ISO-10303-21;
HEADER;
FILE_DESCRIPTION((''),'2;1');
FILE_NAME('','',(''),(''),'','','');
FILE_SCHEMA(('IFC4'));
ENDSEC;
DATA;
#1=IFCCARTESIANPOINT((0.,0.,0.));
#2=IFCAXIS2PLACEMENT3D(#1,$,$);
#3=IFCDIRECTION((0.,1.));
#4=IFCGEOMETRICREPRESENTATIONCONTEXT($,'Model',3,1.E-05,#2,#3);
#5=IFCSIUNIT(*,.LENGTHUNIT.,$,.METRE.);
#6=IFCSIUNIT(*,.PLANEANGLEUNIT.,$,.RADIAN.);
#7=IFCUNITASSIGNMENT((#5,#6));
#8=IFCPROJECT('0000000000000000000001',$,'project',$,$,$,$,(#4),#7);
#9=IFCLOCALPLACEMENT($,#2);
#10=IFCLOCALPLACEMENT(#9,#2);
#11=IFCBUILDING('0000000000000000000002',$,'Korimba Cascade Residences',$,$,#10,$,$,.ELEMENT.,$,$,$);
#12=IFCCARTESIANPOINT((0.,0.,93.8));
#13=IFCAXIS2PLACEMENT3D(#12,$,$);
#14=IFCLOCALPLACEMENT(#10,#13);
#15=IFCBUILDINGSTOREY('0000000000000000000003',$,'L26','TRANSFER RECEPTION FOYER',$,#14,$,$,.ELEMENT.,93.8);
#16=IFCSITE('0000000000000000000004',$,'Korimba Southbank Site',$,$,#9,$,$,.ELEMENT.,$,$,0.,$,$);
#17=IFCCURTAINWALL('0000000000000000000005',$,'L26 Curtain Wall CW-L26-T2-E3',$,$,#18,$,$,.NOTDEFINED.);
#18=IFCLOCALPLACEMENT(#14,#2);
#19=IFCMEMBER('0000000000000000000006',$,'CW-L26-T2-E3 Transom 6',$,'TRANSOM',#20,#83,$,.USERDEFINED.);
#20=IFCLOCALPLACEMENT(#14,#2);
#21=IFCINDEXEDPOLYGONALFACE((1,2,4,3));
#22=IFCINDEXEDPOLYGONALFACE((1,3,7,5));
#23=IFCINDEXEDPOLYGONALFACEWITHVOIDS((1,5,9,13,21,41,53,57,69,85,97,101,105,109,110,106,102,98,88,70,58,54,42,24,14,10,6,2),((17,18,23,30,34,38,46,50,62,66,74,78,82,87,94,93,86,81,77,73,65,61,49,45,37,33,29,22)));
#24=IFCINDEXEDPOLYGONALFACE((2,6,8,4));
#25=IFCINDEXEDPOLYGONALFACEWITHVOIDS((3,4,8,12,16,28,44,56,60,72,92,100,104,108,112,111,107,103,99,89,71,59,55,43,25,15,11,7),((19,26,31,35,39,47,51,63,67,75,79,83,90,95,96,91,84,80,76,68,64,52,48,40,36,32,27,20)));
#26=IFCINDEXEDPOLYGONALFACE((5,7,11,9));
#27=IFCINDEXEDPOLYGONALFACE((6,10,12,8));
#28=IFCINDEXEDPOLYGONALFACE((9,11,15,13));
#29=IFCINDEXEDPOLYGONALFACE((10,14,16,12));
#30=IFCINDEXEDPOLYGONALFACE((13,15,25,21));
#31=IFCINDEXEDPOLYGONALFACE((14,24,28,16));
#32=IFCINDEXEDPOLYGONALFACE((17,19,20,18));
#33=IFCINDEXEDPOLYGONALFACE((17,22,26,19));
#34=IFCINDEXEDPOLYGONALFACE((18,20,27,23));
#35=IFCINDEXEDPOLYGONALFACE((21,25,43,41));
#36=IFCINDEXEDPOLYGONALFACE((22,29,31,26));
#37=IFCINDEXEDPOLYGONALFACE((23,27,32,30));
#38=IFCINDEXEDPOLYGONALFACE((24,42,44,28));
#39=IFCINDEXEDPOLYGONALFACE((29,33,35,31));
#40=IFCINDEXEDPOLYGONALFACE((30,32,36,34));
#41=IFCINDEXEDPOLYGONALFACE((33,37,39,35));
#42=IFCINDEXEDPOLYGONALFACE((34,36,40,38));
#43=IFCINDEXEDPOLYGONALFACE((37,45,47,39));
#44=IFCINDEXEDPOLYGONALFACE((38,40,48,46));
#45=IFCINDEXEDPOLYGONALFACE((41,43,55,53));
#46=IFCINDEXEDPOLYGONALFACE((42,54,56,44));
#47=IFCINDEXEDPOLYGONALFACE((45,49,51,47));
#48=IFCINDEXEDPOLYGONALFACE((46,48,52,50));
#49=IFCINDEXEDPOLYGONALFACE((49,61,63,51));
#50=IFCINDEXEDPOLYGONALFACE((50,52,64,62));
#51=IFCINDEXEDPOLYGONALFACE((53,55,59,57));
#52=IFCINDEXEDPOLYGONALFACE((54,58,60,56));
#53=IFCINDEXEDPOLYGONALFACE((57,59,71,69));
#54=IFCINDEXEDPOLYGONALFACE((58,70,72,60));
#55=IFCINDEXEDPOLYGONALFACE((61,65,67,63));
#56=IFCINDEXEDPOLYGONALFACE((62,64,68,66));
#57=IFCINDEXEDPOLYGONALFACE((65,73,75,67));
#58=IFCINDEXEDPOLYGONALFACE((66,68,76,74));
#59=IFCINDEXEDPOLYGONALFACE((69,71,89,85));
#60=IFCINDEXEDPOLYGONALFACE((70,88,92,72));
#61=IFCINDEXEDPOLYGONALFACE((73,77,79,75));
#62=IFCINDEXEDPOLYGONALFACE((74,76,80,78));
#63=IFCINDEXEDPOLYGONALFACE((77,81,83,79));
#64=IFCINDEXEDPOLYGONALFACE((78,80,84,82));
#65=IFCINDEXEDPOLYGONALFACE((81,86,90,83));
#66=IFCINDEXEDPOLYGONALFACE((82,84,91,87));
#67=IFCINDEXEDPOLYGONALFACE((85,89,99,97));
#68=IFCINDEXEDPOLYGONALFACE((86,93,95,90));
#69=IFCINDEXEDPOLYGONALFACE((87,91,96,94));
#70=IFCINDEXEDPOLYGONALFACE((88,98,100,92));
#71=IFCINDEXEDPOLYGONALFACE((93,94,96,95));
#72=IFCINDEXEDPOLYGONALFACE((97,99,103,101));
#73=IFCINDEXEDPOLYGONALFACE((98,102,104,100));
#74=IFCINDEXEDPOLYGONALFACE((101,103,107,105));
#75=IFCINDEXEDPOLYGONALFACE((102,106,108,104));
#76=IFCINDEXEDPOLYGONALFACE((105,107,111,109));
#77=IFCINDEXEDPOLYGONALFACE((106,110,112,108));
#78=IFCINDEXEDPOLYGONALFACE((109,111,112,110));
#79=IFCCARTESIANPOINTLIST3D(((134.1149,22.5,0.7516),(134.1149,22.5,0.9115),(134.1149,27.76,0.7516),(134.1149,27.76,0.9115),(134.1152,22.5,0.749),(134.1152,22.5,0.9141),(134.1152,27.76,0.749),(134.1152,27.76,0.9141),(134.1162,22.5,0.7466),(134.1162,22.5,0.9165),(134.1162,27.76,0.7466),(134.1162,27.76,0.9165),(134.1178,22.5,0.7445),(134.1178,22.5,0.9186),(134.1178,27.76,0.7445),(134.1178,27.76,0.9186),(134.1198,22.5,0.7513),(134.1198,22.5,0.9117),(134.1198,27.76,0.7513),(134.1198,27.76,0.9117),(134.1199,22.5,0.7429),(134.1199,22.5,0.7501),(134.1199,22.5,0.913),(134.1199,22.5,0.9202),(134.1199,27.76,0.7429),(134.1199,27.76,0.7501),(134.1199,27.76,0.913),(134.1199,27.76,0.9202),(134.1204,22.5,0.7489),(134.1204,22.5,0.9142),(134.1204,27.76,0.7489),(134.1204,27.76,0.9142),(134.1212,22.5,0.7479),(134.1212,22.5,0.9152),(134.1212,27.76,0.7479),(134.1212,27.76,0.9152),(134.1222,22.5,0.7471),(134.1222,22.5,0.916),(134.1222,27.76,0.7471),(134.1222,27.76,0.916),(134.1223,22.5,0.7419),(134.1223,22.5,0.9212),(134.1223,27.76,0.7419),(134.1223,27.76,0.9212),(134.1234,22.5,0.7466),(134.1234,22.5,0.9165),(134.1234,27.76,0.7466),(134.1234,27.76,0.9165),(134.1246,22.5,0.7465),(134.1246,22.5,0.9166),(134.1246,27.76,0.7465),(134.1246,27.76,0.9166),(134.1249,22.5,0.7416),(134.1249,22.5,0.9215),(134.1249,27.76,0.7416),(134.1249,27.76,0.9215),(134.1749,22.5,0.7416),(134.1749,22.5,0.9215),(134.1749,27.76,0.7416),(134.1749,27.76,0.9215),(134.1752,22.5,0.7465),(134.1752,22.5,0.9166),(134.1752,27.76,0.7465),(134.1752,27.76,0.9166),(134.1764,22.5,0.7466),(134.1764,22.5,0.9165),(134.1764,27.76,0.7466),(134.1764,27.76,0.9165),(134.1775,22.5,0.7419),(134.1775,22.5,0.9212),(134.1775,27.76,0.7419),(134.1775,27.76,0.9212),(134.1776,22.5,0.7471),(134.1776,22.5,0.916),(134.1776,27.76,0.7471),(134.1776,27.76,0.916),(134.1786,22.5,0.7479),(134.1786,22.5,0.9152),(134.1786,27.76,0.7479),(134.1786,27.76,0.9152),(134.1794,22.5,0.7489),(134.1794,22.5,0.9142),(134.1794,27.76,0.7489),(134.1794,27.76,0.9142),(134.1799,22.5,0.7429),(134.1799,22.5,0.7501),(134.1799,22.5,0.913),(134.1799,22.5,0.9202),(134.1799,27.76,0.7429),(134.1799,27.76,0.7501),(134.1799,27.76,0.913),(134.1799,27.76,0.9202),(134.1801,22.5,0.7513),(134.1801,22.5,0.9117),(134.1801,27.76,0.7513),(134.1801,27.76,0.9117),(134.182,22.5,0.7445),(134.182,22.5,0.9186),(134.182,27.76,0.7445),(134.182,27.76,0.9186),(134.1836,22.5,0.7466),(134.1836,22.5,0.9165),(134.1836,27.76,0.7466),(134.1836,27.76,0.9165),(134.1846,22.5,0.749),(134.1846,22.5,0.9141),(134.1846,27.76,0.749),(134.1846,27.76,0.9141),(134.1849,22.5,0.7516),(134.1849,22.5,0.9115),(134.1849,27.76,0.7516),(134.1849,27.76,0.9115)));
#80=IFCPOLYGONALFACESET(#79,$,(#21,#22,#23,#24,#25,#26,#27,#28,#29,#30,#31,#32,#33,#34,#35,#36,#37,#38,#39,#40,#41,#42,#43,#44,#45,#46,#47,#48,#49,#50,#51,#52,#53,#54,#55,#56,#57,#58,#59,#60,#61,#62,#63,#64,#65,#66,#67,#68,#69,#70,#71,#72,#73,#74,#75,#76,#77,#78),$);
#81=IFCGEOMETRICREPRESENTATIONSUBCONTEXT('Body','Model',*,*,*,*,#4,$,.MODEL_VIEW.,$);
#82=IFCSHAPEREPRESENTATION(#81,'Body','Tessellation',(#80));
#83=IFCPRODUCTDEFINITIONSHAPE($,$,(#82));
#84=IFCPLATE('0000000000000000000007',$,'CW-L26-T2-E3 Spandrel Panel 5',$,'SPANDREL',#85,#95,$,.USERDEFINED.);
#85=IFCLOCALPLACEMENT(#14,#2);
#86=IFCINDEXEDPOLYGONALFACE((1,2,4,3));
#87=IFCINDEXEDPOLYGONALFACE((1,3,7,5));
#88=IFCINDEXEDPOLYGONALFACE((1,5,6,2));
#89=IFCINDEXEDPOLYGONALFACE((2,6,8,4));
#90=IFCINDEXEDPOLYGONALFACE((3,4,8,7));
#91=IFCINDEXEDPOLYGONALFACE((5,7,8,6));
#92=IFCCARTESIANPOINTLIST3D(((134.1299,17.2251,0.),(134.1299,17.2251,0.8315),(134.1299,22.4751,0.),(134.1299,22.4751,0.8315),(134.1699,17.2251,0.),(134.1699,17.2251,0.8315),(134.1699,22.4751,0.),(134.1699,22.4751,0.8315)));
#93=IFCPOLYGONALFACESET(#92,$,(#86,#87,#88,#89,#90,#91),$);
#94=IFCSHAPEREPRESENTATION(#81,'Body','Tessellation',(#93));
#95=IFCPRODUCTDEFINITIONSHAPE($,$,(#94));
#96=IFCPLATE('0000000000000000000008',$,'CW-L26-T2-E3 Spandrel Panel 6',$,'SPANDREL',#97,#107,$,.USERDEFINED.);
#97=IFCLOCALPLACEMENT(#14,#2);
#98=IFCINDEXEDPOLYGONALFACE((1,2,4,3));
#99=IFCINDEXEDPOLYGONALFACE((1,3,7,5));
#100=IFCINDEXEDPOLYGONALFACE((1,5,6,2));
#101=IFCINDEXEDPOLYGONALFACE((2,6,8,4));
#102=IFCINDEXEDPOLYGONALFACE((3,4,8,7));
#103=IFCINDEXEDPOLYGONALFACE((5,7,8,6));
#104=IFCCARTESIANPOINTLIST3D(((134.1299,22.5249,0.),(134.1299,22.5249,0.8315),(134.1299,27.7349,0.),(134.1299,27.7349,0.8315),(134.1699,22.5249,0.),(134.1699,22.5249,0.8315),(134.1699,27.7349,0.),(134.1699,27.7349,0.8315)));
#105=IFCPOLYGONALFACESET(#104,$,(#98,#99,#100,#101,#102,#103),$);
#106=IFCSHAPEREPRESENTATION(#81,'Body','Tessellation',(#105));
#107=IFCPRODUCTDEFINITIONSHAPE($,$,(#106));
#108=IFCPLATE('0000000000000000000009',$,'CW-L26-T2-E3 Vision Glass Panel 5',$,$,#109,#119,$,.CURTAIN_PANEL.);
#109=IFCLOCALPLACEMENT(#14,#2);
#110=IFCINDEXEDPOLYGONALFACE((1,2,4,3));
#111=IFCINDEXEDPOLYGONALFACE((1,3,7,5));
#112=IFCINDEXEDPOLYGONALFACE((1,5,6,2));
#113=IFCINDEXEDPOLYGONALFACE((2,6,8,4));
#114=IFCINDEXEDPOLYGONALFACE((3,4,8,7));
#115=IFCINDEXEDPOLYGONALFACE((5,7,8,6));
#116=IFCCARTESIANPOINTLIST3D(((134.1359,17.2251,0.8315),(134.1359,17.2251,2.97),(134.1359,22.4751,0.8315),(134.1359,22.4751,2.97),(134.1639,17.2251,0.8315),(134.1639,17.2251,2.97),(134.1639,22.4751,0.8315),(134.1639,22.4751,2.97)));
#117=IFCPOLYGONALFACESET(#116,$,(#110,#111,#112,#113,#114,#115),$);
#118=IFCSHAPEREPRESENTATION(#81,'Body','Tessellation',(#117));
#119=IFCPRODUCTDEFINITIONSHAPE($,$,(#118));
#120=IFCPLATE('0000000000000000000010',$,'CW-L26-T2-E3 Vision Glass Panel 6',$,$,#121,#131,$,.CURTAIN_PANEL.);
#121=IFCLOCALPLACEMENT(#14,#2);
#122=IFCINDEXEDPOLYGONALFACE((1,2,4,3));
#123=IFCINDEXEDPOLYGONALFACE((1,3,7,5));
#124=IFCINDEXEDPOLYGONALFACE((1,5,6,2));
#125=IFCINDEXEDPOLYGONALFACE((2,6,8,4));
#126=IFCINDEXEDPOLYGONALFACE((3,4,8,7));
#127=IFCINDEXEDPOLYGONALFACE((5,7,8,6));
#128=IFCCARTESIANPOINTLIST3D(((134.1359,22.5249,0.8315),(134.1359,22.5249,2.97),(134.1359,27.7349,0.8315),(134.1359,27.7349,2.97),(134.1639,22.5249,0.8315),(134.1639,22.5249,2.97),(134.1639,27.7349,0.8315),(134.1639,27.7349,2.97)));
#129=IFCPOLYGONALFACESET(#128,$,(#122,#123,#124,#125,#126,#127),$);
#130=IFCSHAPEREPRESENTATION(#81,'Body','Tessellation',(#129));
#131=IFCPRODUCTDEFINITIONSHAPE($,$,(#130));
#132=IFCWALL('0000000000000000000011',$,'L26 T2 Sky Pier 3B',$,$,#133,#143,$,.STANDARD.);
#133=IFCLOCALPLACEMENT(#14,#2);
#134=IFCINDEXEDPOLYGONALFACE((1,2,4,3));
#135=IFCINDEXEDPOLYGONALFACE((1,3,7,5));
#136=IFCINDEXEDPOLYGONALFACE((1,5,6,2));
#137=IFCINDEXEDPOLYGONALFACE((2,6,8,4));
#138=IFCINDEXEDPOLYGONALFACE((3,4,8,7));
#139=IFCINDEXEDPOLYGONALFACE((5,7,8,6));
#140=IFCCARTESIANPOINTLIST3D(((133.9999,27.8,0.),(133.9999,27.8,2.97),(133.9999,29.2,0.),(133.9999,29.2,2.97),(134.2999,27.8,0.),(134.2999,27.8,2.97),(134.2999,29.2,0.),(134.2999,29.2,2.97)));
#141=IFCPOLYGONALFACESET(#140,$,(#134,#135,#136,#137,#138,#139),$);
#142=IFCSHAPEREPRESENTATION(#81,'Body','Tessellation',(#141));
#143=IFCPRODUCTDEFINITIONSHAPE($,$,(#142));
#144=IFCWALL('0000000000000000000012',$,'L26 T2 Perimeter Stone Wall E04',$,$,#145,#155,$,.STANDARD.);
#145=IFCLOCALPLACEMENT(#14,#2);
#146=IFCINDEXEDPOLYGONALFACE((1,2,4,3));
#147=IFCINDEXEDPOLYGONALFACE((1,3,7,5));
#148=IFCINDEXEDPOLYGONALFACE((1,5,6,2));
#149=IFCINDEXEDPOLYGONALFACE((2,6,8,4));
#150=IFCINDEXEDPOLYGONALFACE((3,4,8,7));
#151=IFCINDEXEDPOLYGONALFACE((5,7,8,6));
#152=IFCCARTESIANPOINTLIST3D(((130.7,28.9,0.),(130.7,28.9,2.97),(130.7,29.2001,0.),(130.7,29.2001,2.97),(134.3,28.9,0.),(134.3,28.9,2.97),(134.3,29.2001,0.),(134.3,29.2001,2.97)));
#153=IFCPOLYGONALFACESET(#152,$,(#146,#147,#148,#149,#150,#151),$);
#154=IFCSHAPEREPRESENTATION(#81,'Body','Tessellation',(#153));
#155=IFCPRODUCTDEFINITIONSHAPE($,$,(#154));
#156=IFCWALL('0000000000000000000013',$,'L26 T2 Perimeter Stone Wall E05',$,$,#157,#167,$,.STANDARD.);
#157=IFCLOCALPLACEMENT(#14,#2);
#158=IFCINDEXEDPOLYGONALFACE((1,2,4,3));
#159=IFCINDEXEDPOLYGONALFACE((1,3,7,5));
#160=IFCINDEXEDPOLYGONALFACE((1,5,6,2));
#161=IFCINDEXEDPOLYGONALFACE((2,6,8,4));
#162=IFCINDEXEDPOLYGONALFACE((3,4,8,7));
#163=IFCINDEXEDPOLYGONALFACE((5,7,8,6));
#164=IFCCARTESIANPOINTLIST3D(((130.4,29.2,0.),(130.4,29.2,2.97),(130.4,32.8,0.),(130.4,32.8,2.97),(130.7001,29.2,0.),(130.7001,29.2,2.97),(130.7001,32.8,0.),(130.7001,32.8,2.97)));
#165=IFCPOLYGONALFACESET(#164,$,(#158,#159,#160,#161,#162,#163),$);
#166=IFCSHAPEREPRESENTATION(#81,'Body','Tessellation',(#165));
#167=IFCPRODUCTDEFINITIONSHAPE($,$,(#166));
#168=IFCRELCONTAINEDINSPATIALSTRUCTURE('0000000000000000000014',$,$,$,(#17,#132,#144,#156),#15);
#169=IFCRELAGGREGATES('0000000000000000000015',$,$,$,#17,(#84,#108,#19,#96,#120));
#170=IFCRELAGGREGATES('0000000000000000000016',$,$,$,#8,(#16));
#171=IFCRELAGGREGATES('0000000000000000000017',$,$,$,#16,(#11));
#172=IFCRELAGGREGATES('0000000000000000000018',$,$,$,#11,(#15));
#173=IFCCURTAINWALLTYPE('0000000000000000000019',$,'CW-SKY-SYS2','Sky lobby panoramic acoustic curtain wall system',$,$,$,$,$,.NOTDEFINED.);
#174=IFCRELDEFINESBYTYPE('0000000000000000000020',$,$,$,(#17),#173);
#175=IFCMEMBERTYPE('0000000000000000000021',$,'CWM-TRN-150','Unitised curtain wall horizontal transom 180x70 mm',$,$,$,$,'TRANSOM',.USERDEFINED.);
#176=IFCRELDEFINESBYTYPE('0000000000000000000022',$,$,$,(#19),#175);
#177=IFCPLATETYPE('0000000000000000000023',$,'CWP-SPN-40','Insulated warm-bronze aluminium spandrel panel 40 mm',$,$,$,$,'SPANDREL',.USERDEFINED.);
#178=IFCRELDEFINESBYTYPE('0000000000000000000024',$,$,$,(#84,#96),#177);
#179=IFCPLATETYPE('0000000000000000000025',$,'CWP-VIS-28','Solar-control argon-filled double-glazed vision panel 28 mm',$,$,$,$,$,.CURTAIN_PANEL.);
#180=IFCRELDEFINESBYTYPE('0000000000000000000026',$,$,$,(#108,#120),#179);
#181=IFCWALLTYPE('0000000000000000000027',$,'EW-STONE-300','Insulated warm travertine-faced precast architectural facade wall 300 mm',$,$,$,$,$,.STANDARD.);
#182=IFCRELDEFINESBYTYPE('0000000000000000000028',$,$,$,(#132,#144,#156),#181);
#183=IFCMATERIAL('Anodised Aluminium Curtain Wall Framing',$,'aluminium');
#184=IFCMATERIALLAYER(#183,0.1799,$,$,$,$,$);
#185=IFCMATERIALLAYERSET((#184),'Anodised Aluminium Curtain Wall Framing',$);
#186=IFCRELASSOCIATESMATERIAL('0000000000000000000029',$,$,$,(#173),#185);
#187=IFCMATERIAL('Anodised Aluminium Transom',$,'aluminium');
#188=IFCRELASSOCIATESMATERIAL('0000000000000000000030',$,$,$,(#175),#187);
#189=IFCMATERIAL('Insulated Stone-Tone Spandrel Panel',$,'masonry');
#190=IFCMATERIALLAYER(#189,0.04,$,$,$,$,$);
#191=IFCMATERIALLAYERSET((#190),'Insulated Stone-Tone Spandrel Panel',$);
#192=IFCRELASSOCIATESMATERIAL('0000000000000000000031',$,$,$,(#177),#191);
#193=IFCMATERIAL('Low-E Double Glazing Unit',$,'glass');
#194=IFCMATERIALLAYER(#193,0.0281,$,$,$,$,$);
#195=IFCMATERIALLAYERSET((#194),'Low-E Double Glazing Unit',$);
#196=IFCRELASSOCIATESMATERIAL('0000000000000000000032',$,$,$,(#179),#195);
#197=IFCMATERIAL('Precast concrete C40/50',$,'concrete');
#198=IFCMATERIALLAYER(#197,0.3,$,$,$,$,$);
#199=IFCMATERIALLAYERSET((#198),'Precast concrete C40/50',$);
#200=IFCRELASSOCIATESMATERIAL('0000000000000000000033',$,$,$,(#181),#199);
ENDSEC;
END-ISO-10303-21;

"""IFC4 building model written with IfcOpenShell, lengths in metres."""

from ifc_helpers import new_model, si_unit, direction, frame, frame_2d, origin, origin_2d, place, context, subcontext, project, spatial, rectangle, hollow_rectangle, extrude, material, layer, layer_set, material_profile, profile_set, type_object, element, aggregate, save


model = new_model("IFC4")

# Units and contexts
model_context = context("Model", 3, precision=1e-05, world=origin(), true_north=direction((0.0, 1.0)))
body_context = subcontext(model_context, "Body", "Model", "MODEL_VIEW")
ifc_project = project(units=[si_unit("LENGTHUNIT", "METRE"), si_unit("PLANEANGLEUNIT", "RADIAN")], contexts=[model_context])

# Site, building, storey
site_placement = place(None, origin())
site = spatial("IfcSite", under=ifc_project, at=site_placement, Name="Korimba Southbank Site", CompositionType="ELEMENT", RefElevation=0.0)
building_placement = place(site_placement, origin())
building = spatial("IfcBuilding", under=site, at=building_placement, Name="Korimba Cascade Residences", CompositionType="ELEMENT")
storey_placement = place(building_placement, frame((0.0, 0.0, 93.8)))
storey = spatial("IfcBuildingStorey", under=building, at=storey_placement, Name="L26", Description="TRANSFER RECEPTION FOYER", CompositionType="ELEMENT", Elevation=93.8)

# Curtain wall, member, plates
ifc_material_1 = material(Name="Anodised Aluminium Curtain Wall Framing", Category="aluminium")
ifc_layer_1 = layer(ifc_material_1, 0.1799)
ifc_layer_set_1 = layer_set([ifc_layer_1], Name="Anodised Aluminium Curtain Wall Framing")
curtain_wall_type = type_object("IfcCurtainWallType", Name="CW-SKY-SYS2", Description="Sky lobby panoramic acoustic curtain wall system", PredefinedType="NOTDEFINED", material=ifc_layer_set_1)
curtain_wall_placement = place(storey_placement, origin())
curtain_wall = element("IfcCurtainWall", 1, at=curtain_wall_placement, inside=storey, type_object=curtain_wall_type, Name="L26 Curtain Wall CW-L26-T2-E3", PredefinedType="NOTDEFINED")
ifc_material_2 = material(Name="Anodised Aluminium Transom", Category="aluminium")
ifc_material_profile_1 = material_profile(ifc_material_2, hollow_rectangle(XDim=0.0701, YDim=0.1799, WallThickness=0.0049, InnerFilletRadius=0.0049, OuterFilletRadius=0.01, at=origin_2d()), Name="Anodised Aluminium Transom")
ifc_profile_set_1 = profile_set([ifc_material_profile_1], Name="Anodised Aluminium Transom")
member_type_1 = type_object("IfcMemberType", Name="CWM-TRN-150", Description="Unitised curtain wall horizontal transom 180x70 mm", ElementType="TRANSOM", PredefinedType="USERDEFINED", material=ifc_profile_set_1)
member_1_placement = place(storey_placement, frame((134.1499, 22.5, 0.8315), z_axis=(0.0, 1.0, 0.0), x_axis=(-1.0, 0.0, 0.0)))
member_1 = element("IfcMember", 2, at=member_1_placement, type_object=member_type_1, Name="CW-L26-T2-E3 Transom 6", ObjectType="TRANSOM", PredefinedType="USERDEFINED", context=body_context, shape_type="SweptSolid", body=[
    extrude(hollow_rectangle(XDim=0.0701, YDim=0.1799, WallThickness=0.0049, InnerFilletRadius=0.0049, OuterFilletRadius=0.01, at=origin_2d()), origin(), (0.0, 0.0, 1.0), 5.26),
])
ifc_material_3 = material(Name="Insulated Stone-Tone Spandrel Panel", Category="masonry")
ifc_layer_2 = layer(ifc_material_3, 0.04)
ifc_layer_set_2 = layer_set([ifc_layer_2], Name="Insulated Stone-Tone Spandrel Panel")
plate_type_1 = type_object("IfcPlateType", Name="CWP-SPN-40", Description="Insulated warm-bronze aluminium spandrel panel 40 mm", ElementType="SPANDREL", PredefinedType="USERDEFINED", material=ifc_layer_set_2)
plate_1_placement = place(storey_placement, frame((134.1499, 19.8501, 0.0), z_axis=(0.0, 0.0, 1.0), x_axis=(0.0, 1.0, 0.0)))
plate_1 = element("IfcPlate", 3, at=plate_1_placement, type_object=plate_type_1, Name="CW-L26-T2-E3 Spandrel Panel 5", ObjectType="SPANDREL", PredefinedType="USERDEFINED", context=body_context, shape_type="SweptSolid", body=[
    extrude(rectangle(XDim=5.25, YDim=0.04, at=origin_2d()), origin(), (0.0, 0.0, 1.0), 0.8315),
])
plate_2_placement = place(storey_placement, frame((134.1499, 25.1299, 0.0), z_axis=(0.0, 0.0, 1.0), x_axis=(0.0, 1.0, 0.0)))
plate_2 = element("IfcPlate", 4, at=plate_2_placement, type_object=plate_type_1, Name="CW-L26-T2-E3 Spandrel Panel 6", ObjectType="SPANDREL", PredefinedType="USERDEFINED", context=body_context, shape_type="SweptSolid", body=[
    extrude(rectangle(XDim=5.21, YDim=0.04, at=origin_2d()), origin(), (0.0, 0.0, 1.0), 0.8315),
])
ifc_material_4 = material(Name="Low-E Double Glazing Unit", Category="glass")
ifc_layer_3 = layer(ifc_material_4, 0.0281)
ifc_layer_set_3 = layer_set([ifc_layer_3], Name="Low-E Double Glazing Unit")
plate_type_2 = type_object("IfcPlateType", Name="CWP-VIS-28", Description="Solar-control argon-filled double-glazed vision panel 28 mm", PredefinedType="CURTAIN_PANEL", material=ifc_layer_set_3)
plate_3_placement = place(storey_placement, frame((134.1499, 19.8501, 0.8315), z_axis=(0.0, 0.0, 1.0), x_axis=(0.0, 1.0, 0.0)))
plate_3 = element("IfcPlate", 5, at=plate_3_placement, type_object=plate_type_2, Name="CW-L26-T2-E3 Vision Glass Panel 5", PredefinedType="CURTAIN_PANEL", context=body_context, shape_type="SweptSolid", body=[
    extrude(rectangle(XDim=5.25, YDim=0.0281, at=origin_2d()), origin(), (0.0, 0.0, 1.0), 2.1384),
])
plate_4_placement = place(storey_placement, frame((134.1499, 25.1299, 0.8315), z_axis=(0.0, 0.0, 1.0), x_axis=(0.0, 1.0, 0.0)))
plate_4 = element("IfcPlate", 6, at=plate_4_placement, type_object=plate_type_2, Name="CW-L26-T2-E3 Vision Glass Panel 6", PredefinedType="CURTAIN_PANEL", context=body_context, shape_type="SweptSolid", body=[
    extrude(rectangle(XDim=5.21, YDim=0.0281, at=origin_2d()), origin(), (0.0, 0.0, 1.0), 2.1384),
])
aggregate(curtain_wall, [plate_1, plate_3, member_1, plate_2, plate_4])

# Walls
ifc_material_5 = material(Name="Precast concrete C40/50", Category="concrete")
ifc_layer_4 = layer(ifc_material_5, 0.3)
ifc_layer_set_4 = layer_set([ifc_layer_4], Name="Precast concrete C40/50")
wall_type_1 = type_object("IfcWallType", Name="EW-STONE-300", Description="Insulated warm travertine-faced precast architectural facade wall 300 mm", PredefinedType="STANDARD", material=ifc_layer_set_4)
wall_1_placement = place(storey_placement, frame((134.1499, 27.8, 0.0), z_axis=(0.0, 0.0, 1.0), x_axis=(0.0, 1.0, 0.0)))
element("IfcWall", 7, at=wall_1_placement, inside=storey, type_object=wall_type_1, Name="L26 T2 Sky Pier 3B", PredefinedType="STANDARD", context=body_context, shape_type="SweptSolid", body=[
    extrude(rectangle(XDim=1.3999, YDim=0.3, at=frame_2d((0.7, 0.0))), origin(), (0.0, 0.0, 1.0), 2.97),
])
for number, where, z_axis, x_axis, name in (
    (8, (134.3, 29.05, 0.0), (0.0, 0.0, 1.0), (-1.0, 0.0, 0.0), "L26 T2 Perimeter Stone Wall E04"),
    (9, (130.55, 29.2, 0.0), (0.0, 0.0, 1.0), (0.0, 1.0, 0.0), "L26 T2 Perimeter Stone Wall E05"),
):
    element("IfcWall", number, at=place(storey_placement, frame(where, z_axis=z_axis, x_axis=x_axis)), inside=storey, type_object=wall_type_1, Name=name, PredefinedType="STANDARD", context=body_context, shape_type="SweptSolid", body=[
        extrude(rectangle(XDim=3.6001, YDim=0.3, at=frame_2d((1.8, 0.0))), origin(), (0.0, 0.0, 1.0), 2.97),
    ])

save(model, "model.ifc")
